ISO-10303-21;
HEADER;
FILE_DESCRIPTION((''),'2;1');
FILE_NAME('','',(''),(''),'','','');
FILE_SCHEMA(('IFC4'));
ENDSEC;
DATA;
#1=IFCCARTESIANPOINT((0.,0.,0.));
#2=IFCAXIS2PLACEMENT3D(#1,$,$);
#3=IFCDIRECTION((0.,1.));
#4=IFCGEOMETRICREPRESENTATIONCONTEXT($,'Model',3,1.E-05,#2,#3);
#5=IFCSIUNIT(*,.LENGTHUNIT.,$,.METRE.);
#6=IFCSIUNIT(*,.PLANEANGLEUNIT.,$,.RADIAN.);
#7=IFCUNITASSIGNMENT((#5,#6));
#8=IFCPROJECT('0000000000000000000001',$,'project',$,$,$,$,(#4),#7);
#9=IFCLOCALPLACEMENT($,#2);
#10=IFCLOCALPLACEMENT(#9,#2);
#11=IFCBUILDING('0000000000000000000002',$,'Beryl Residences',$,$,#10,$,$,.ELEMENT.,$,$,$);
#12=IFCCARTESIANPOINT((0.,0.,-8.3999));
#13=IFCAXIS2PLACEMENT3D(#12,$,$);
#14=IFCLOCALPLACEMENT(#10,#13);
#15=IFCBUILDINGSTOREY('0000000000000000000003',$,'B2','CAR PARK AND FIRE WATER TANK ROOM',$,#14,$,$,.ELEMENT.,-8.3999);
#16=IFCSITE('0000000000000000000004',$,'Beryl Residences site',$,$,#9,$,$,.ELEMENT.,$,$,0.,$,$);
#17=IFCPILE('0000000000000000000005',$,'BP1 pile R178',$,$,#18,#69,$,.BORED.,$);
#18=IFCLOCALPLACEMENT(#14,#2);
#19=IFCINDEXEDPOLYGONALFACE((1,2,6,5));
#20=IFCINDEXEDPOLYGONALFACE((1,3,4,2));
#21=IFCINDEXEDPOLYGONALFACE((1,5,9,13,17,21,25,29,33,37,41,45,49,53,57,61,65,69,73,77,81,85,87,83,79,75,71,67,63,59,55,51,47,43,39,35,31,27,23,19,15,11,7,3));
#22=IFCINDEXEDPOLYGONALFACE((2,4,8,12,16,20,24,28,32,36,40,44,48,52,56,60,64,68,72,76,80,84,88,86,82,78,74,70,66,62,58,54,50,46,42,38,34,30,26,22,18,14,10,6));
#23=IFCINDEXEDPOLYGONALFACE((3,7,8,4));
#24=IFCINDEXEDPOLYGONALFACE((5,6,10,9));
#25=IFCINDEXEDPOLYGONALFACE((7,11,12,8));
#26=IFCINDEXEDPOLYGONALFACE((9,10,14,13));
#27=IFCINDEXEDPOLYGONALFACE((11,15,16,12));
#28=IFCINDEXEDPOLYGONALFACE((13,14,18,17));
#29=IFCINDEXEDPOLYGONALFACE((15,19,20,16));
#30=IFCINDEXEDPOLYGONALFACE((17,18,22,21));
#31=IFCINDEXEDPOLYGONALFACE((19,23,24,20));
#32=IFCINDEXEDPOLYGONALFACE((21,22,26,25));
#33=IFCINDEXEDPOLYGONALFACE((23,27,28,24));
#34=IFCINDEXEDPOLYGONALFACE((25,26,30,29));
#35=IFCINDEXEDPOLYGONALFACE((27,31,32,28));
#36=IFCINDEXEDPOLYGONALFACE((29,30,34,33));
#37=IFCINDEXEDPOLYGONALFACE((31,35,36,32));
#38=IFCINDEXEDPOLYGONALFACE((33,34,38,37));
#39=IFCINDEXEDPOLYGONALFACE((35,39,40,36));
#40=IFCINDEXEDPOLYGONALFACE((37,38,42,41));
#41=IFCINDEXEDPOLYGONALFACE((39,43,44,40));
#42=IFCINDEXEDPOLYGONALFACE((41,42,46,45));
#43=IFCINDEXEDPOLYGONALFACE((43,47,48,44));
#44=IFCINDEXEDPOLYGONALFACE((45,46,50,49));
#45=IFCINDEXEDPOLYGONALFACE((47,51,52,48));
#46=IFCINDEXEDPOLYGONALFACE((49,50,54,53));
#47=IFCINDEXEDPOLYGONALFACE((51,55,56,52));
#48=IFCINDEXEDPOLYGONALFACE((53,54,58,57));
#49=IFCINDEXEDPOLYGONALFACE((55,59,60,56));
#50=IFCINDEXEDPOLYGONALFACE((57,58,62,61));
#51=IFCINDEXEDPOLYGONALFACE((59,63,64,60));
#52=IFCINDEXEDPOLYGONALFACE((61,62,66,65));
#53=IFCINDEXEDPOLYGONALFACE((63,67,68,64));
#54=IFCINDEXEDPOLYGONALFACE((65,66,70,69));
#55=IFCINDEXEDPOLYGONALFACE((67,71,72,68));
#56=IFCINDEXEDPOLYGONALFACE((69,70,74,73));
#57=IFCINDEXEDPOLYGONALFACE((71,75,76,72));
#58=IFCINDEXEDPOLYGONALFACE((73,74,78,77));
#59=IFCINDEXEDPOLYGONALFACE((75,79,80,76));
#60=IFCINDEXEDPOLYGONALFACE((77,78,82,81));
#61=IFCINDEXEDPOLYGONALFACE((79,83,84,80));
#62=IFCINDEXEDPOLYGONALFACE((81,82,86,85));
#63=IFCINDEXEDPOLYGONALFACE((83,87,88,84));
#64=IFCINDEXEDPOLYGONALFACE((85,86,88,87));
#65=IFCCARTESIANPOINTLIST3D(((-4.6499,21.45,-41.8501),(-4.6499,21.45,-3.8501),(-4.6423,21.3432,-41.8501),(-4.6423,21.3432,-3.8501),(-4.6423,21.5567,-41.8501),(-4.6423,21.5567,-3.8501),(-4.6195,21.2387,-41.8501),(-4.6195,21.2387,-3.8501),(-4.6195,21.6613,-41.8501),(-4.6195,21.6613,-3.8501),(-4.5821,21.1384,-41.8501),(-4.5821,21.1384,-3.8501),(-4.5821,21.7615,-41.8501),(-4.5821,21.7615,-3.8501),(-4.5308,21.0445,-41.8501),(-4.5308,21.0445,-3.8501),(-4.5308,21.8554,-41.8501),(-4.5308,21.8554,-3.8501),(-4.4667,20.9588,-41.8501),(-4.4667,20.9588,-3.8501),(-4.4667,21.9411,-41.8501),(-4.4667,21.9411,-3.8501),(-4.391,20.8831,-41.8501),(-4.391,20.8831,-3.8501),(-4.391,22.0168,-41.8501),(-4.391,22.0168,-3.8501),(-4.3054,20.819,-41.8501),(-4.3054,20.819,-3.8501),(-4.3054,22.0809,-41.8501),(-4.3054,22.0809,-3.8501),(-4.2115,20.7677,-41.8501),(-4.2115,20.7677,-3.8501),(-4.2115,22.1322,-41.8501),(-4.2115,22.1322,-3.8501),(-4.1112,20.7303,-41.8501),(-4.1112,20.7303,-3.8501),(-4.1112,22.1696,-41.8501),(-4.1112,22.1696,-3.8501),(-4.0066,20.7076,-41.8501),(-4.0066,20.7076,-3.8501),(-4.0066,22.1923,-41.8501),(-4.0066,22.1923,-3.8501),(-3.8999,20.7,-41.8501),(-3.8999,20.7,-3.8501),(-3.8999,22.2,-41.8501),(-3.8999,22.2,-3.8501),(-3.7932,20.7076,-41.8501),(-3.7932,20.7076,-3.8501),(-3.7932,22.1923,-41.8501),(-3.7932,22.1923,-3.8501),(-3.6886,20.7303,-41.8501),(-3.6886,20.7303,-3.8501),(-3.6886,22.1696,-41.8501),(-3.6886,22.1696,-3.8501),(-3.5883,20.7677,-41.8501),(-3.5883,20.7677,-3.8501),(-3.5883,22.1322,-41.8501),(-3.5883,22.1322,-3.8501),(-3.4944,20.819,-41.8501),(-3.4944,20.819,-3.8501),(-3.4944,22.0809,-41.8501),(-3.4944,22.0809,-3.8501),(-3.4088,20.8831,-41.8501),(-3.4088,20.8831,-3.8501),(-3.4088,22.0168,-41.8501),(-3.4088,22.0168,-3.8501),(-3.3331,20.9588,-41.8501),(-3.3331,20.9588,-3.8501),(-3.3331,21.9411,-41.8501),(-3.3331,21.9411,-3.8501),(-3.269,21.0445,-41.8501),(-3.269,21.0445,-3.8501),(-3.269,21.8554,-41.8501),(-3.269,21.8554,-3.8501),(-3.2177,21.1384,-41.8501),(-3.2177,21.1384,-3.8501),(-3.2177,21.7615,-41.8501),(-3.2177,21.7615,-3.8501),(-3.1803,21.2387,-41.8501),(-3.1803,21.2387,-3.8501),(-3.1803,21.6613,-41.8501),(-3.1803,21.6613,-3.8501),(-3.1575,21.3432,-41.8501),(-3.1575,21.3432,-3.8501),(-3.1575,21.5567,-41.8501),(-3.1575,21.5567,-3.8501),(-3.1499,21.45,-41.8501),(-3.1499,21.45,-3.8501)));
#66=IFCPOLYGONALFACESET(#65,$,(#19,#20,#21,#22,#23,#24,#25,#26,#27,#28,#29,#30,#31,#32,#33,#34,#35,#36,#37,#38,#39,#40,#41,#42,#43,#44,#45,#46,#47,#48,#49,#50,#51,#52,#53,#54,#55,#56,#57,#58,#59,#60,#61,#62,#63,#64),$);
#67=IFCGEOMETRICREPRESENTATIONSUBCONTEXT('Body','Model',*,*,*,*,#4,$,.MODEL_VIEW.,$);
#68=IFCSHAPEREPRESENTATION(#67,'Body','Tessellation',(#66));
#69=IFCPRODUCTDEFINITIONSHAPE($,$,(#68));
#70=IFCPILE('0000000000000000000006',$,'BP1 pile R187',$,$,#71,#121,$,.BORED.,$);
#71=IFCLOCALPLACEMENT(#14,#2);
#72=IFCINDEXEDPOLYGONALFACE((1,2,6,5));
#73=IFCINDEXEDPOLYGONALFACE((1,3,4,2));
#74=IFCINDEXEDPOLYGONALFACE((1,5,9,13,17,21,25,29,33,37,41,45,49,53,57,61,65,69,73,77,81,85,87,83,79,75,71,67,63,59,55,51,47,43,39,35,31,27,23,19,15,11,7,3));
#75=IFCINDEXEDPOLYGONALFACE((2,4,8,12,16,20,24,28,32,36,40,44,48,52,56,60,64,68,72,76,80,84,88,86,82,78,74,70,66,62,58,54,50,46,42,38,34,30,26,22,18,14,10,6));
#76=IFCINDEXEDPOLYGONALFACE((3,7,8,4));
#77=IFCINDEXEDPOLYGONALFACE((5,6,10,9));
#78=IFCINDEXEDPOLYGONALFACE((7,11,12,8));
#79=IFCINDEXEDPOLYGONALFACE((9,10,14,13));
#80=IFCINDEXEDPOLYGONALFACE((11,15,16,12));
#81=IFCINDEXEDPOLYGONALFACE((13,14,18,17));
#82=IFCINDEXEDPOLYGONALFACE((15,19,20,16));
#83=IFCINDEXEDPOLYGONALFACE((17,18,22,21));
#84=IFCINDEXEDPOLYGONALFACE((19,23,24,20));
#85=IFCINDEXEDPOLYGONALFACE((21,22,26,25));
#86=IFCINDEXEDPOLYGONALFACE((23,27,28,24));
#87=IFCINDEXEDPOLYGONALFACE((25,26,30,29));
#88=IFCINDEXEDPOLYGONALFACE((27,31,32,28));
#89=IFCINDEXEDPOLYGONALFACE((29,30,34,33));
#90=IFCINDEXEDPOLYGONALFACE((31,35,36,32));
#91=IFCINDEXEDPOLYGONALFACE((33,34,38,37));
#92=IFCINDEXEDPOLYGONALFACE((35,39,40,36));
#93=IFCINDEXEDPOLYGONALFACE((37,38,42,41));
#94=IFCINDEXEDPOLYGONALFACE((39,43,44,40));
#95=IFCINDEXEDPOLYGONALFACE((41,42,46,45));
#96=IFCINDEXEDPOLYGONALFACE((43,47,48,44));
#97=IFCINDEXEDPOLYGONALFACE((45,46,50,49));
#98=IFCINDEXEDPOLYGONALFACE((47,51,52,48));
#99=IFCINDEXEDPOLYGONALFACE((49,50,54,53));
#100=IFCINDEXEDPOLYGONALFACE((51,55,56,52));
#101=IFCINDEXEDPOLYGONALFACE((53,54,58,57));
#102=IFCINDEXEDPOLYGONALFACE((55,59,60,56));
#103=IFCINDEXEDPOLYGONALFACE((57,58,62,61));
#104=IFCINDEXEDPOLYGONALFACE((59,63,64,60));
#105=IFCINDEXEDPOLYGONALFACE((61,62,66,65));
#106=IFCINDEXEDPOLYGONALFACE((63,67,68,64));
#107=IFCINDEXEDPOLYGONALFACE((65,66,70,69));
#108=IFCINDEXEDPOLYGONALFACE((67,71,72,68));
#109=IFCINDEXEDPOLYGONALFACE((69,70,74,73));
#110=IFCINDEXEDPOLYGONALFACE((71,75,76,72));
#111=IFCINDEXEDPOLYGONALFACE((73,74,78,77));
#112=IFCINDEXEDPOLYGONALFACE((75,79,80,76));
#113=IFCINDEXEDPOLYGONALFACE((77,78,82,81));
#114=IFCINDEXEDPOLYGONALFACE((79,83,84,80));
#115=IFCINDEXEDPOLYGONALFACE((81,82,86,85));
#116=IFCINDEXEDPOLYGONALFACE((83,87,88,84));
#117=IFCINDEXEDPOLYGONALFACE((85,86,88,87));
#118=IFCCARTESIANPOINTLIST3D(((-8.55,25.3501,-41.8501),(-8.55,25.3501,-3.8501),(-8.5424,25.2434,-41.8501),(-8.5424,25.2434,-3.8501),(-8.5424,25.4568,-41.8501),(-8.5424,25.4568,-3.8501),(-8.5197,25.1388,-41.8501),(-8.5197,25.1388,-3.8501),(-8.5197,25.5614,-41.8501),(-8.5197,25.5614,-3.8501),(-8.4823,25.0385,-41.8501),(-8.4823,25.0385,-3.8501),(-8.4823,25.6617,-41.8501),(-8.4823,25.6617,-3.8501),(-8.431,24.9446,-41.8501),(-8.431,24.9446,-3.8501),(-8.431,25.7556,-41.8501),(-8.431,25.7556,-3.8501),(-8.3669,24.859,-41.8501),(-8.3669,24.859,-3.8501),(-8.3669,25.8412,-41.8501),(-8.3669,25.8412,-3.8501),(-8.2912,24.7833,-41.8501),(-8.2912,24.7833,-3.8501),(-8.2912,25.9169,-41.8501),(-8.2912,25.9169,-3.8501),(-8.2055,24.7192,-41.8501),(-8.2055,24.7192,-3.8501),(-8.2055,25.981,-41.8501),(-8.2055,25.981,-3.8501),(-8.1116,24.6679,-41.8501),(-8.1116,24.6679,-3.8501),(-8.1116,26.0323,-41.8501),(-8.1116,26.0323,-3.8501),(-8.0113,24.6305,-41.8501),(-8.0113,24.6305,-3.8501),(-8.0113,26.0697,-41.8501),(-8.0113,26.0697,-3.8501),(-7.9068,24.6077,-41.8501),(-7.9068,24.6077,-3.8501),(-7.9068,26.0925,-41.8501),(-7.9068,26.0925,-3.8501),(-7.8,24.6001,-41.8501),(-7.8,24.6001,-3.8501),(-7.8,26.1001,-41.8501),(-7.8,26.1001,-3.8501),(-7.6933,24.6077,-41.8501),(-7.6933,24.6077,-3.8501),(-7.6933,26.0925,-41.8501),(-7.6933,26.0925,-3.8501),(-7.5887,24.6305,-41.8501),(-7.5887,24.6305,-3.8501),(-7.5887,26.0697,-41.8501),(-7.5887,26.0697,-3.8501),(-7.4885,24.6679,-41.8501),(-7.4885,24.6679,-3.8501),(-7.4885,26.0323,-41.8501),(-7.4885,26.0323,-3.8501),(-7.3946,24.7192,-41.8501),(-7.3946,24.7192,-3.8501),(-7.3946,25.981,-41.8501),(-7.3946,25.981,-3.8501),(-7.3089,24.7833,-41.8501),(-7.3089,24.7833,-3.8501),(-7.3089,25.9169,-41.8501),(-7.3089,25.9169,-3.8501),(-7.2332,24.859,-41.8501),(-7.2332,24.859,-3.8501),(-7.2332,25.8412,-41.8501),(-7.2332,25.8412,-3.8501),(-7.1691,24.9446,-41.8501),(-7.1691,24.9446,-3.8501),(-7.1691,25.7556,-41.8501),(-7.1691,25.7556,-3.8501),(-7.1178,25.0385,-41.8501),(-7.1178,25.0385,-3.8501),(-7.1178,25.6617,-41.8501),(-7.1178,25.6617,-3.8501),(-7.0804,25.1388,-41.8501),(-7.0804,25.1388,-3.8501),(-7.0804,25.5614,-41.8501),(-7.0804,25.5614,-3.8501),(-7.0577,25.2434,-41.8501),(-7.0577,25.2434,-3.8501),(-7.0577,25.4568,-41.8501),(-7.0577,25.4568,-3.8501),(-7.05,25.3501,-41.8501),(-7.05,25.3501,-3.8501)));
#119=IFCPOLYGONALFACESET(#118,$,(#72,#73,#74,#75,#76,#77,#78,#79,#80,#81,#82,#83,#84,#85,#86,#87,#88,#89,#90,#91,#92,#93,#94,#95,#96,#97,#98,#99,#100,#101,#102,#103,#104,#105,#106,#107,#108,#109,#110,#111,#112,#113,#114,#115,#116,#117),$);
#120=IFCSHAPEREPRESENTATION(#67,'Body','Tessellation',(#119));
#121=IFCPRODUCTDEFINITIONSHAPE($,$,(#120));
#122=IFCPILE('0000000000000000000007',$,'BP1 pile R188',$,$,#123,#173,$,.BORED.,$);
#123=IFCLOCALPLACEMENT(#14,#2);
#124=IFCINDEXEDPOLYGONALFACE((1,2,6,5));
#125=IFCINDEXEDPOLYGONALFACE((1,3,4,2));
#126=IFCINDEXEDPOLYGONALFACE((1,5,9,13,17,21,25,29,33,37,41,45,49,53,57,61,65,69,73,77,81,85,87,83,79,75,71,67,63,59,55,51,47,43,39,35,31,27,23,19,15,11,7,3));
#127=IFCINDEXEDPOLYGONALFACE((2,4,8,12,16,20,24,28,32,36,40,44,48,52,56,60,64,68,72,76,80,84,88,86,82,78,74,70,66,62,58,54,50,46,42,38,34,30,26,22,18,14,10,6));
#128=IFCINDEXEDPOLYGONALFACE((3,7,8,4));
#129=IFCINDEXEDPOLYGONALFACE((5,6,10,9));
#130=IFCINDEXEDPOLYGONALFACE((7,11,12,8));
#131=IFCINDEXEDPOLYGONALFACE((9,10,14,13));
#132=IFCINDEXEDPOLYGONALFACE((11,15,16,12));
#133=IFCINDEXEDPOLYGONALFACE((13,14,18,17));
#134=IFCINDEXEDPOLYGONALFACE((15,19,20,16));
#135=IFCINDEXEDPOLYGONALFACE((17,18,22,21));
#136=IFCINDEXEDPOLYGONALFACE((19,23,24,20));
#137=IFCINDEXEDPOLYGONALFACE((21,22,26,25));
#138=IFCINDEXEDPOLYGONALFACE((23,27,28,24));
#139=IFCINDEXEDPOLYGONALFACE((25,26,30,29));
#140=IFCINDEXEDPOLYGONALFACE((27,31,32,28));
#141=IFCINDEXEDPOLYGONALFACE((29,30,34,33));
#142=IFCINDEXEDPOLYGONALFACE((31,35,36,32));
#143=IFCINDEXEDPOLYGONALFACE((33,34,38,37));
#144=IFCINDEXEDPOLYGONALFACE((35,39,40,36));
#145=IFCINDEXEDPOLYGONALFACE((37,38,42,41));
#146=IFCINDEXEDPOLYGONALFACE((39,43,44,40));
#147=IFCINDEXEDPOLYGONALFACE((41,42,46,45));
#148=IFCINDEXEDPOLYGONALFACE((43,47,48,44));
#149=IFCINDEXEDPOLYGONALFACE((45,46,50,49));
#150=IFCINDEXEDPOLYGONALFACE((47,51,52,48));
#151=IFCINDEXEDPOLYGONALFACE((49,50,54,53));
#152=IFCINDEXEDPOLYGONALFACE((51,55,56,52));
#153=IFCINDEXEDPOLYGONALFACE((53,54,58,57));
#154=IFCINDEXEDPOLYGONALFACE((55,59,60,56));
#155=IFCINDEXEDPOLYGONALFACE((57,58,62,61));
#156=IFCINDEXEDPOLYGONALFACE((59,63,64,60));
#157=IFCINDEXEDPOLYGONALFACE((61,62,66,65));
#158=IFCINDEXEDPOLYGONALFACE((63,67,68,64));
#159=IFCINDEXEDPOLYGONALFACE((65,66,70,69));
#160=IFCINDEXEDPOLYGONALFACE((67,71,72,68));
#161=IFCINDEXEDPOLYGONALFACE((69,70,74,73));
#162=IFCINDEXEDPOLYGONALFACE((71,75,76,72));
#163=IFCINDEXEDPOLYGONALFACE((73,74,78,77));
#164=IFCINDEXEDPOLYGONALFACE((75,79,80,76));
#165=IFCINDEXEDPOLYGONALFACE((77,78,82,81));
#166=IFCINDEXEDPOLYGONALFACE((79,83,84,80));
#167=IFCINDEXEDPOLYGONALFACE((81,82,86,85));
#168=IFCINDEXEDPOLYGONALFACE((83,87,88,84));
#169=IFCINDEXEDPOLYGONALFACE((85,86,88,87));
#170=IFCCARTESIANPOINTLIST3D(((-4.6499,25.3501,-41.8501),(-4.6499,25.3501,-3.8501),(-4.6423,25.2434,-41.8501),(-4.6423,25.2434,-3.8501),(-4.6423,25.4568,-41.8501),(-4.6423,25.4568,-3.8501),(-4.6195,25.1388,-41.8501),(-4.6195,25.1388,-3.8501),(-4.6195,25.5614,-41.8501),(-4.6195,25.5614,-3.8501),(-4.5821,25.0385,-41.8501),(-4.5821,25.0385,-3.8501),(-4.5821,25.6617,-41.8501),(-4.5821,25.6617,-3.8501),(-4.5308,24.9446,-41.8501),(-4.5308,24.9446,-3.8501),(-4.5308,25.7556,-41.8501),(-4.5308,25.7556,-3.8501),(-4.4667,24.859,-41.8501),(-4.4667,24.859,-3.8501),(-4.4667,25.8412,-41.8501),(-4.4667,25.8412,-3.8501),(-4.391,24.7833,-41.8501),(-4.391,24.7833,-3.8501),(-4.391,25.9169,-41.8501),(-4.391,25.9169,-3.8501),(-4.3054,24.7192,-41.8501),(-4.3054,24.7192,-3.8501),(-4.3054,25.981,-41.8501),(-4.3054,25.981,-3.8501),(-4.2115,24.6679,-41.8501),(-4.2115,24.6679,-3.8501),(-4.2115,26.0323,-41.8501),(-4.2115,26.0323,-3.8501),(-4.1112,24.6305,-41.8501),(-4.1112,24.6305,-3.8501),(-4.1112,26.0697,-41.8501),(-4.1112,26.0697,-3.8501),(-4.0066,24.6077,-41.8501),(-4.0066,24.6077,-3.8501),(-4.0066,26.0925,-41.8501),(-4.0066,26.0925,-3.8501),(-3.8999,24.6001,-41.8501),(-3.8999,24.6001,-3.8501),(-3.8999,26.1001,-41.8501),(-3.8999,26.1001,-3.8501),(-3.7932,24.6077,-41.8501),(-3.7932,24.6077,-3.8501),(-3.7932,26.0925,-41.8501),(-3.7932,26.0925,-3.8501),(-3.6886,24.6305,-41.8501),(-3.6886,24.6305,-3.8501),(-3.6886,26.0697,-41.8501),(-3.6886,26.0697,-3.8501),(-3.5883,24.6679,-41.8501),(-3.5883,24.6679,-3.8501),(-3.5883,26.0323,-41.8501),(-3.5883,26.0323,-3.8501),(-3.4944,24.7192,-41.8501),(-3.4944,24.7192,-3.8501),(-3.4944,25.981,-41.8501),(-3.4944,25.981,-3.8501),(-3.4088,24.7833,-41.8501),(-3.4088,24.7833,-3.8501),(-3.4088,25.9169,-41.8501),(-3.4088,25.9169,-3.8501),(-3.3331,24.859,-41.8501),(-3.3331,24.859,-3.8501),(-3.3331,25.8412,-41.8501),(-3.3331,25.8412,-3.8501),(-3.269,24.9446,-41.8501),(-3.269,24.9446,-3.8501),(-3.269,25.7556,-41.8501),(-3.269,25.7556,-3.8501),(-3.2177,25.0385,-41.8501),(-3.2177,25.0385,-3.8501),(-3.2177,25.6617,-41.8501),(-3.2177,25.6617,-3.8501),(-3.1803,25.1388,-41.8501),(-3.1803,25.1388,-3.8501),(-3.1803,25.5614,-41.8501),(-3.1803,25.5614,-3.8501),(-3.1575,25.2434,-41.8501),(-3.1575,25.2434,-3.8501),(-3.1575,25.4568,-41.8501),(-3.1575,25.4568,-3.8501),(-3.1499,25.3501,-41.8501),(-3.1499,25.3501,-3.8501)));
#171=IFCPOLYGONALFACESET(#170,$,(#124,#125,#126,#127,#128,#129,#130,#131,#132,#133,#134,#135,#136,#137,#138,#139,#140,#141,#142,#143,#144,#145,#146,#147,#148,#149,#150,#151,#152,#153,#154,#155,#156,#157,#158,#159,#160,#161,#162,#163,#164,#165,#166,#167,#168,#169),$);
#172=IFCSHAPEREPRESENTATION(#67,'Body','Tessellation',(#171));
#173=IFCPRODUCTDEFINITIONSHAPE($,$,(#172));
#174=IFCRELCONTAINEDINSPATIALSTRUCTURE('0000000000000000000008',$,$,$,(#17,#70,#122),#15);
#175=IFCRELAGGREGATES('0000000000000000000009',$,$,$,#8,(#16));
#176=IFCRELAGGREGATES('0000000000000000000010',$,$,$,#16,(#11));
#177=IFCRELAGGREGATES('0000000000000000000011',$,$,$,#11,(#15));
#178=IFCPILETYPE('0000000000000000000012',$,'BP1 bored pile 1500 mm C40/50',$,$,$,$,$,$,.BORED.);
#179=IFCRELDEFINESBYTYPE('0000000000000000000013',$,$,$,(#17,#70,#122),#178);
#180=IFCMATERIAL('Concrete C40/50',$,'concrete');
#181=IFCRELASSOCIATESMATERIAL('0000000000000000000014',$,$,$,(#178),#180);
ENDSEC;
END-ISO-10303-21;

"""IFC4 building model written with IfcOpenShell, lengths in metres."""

from ifc_helpers import new_model, si_unit, direction, frame, origin, origin_2d, place, context, subcontext, project, spatial, circle, extrude, material, material_profile, profile_set, type_object, element, save


model = new_model("IFC4")

# Units and contexts
model_context = context("Model", 3, precision=1e-05, world=origin(), true_north=direction((0.0, 1.0)))
body_context = subcontext(model_context, "Body", "Model", "MODEL_VIEW")
ifc_project = project(units=[si_unit("LENGTHUNIT", "METRE"), si_unit("PLANEANGLEUNIT", "RADIAN")], contexts=[model_context])

# Site, building, storey
site_placement = place(None, origin())
site = spatial("IfcSite", under=ifc_project, at=site_placement, Name="Beryl Residences site", CompositionType="ELEMENT", RefElevation=0.0)
building_placement = place(site_placement, origin())
building = spatial("IfcBuilding", under=site, at=building_placement, Name="Beryl Residences", CompositionType="ELEMENT")
storey_placement = place(building_placement, frame((0.0, 0.0, -8.3999)))
storey = spatial("IfcBuildingStorey", under=building, at=storey_placement, Name="B2", Description="CAR PARK AND FIRE WATER TANK ROOM", CompositionType="ELEMENT", Elevation=-8.3999)

# Piles
ifc_material_1 = material(Name="Concrete C40/50", Category="concrete")
ifc_material_profile_1 = material_profile(ifc_material_1, circle(Radius=0.75, at=origin_2d()))
ifc_profile_set_1 = profile_set([ifc_material_profile_1], Name="Concrete C40/50")
pile_type_1 = type_object("IfcPileType", Name="BP1 bored pile 1500 mm C40/50", PredefinedType="BORED", material=ifc_profile_set_1)
for number, where, z_axis, x_axis, name in (
    (1, (-3.8999, 21.45, -3.8501), (0.0, 0.0, -1.0), (1.0, 0.0, 0.0), "BP1 pile R178"),
    (2, (-7.8, 25.3501, -3.8501), (0.0, 0.0, -1.0), (1.0, 0.0, 0.0), "BP1 pile R187"),
    (3, (-3.8999, 25.3501, -3.8501), (0.0, 0.0, -1.0), (1.0, 0.0, 0.0), "BP1 pile R188"),
):
    element("IfcPile", number, at=place(storey_placement, frame(where, z_axis=z_axis, x_axis=x_axis)), inside=storey, type_object=pile_type_1, Name=name, PredefinedType="BORED", context=body_context, shape_type="SweptSolid", body=[
        extrude(circle(Radius=0.75, at=origin_2d()), origin(), (0.0, 0.0, 1.0), 38.0),
    ])

save(model, "model.ifc")
